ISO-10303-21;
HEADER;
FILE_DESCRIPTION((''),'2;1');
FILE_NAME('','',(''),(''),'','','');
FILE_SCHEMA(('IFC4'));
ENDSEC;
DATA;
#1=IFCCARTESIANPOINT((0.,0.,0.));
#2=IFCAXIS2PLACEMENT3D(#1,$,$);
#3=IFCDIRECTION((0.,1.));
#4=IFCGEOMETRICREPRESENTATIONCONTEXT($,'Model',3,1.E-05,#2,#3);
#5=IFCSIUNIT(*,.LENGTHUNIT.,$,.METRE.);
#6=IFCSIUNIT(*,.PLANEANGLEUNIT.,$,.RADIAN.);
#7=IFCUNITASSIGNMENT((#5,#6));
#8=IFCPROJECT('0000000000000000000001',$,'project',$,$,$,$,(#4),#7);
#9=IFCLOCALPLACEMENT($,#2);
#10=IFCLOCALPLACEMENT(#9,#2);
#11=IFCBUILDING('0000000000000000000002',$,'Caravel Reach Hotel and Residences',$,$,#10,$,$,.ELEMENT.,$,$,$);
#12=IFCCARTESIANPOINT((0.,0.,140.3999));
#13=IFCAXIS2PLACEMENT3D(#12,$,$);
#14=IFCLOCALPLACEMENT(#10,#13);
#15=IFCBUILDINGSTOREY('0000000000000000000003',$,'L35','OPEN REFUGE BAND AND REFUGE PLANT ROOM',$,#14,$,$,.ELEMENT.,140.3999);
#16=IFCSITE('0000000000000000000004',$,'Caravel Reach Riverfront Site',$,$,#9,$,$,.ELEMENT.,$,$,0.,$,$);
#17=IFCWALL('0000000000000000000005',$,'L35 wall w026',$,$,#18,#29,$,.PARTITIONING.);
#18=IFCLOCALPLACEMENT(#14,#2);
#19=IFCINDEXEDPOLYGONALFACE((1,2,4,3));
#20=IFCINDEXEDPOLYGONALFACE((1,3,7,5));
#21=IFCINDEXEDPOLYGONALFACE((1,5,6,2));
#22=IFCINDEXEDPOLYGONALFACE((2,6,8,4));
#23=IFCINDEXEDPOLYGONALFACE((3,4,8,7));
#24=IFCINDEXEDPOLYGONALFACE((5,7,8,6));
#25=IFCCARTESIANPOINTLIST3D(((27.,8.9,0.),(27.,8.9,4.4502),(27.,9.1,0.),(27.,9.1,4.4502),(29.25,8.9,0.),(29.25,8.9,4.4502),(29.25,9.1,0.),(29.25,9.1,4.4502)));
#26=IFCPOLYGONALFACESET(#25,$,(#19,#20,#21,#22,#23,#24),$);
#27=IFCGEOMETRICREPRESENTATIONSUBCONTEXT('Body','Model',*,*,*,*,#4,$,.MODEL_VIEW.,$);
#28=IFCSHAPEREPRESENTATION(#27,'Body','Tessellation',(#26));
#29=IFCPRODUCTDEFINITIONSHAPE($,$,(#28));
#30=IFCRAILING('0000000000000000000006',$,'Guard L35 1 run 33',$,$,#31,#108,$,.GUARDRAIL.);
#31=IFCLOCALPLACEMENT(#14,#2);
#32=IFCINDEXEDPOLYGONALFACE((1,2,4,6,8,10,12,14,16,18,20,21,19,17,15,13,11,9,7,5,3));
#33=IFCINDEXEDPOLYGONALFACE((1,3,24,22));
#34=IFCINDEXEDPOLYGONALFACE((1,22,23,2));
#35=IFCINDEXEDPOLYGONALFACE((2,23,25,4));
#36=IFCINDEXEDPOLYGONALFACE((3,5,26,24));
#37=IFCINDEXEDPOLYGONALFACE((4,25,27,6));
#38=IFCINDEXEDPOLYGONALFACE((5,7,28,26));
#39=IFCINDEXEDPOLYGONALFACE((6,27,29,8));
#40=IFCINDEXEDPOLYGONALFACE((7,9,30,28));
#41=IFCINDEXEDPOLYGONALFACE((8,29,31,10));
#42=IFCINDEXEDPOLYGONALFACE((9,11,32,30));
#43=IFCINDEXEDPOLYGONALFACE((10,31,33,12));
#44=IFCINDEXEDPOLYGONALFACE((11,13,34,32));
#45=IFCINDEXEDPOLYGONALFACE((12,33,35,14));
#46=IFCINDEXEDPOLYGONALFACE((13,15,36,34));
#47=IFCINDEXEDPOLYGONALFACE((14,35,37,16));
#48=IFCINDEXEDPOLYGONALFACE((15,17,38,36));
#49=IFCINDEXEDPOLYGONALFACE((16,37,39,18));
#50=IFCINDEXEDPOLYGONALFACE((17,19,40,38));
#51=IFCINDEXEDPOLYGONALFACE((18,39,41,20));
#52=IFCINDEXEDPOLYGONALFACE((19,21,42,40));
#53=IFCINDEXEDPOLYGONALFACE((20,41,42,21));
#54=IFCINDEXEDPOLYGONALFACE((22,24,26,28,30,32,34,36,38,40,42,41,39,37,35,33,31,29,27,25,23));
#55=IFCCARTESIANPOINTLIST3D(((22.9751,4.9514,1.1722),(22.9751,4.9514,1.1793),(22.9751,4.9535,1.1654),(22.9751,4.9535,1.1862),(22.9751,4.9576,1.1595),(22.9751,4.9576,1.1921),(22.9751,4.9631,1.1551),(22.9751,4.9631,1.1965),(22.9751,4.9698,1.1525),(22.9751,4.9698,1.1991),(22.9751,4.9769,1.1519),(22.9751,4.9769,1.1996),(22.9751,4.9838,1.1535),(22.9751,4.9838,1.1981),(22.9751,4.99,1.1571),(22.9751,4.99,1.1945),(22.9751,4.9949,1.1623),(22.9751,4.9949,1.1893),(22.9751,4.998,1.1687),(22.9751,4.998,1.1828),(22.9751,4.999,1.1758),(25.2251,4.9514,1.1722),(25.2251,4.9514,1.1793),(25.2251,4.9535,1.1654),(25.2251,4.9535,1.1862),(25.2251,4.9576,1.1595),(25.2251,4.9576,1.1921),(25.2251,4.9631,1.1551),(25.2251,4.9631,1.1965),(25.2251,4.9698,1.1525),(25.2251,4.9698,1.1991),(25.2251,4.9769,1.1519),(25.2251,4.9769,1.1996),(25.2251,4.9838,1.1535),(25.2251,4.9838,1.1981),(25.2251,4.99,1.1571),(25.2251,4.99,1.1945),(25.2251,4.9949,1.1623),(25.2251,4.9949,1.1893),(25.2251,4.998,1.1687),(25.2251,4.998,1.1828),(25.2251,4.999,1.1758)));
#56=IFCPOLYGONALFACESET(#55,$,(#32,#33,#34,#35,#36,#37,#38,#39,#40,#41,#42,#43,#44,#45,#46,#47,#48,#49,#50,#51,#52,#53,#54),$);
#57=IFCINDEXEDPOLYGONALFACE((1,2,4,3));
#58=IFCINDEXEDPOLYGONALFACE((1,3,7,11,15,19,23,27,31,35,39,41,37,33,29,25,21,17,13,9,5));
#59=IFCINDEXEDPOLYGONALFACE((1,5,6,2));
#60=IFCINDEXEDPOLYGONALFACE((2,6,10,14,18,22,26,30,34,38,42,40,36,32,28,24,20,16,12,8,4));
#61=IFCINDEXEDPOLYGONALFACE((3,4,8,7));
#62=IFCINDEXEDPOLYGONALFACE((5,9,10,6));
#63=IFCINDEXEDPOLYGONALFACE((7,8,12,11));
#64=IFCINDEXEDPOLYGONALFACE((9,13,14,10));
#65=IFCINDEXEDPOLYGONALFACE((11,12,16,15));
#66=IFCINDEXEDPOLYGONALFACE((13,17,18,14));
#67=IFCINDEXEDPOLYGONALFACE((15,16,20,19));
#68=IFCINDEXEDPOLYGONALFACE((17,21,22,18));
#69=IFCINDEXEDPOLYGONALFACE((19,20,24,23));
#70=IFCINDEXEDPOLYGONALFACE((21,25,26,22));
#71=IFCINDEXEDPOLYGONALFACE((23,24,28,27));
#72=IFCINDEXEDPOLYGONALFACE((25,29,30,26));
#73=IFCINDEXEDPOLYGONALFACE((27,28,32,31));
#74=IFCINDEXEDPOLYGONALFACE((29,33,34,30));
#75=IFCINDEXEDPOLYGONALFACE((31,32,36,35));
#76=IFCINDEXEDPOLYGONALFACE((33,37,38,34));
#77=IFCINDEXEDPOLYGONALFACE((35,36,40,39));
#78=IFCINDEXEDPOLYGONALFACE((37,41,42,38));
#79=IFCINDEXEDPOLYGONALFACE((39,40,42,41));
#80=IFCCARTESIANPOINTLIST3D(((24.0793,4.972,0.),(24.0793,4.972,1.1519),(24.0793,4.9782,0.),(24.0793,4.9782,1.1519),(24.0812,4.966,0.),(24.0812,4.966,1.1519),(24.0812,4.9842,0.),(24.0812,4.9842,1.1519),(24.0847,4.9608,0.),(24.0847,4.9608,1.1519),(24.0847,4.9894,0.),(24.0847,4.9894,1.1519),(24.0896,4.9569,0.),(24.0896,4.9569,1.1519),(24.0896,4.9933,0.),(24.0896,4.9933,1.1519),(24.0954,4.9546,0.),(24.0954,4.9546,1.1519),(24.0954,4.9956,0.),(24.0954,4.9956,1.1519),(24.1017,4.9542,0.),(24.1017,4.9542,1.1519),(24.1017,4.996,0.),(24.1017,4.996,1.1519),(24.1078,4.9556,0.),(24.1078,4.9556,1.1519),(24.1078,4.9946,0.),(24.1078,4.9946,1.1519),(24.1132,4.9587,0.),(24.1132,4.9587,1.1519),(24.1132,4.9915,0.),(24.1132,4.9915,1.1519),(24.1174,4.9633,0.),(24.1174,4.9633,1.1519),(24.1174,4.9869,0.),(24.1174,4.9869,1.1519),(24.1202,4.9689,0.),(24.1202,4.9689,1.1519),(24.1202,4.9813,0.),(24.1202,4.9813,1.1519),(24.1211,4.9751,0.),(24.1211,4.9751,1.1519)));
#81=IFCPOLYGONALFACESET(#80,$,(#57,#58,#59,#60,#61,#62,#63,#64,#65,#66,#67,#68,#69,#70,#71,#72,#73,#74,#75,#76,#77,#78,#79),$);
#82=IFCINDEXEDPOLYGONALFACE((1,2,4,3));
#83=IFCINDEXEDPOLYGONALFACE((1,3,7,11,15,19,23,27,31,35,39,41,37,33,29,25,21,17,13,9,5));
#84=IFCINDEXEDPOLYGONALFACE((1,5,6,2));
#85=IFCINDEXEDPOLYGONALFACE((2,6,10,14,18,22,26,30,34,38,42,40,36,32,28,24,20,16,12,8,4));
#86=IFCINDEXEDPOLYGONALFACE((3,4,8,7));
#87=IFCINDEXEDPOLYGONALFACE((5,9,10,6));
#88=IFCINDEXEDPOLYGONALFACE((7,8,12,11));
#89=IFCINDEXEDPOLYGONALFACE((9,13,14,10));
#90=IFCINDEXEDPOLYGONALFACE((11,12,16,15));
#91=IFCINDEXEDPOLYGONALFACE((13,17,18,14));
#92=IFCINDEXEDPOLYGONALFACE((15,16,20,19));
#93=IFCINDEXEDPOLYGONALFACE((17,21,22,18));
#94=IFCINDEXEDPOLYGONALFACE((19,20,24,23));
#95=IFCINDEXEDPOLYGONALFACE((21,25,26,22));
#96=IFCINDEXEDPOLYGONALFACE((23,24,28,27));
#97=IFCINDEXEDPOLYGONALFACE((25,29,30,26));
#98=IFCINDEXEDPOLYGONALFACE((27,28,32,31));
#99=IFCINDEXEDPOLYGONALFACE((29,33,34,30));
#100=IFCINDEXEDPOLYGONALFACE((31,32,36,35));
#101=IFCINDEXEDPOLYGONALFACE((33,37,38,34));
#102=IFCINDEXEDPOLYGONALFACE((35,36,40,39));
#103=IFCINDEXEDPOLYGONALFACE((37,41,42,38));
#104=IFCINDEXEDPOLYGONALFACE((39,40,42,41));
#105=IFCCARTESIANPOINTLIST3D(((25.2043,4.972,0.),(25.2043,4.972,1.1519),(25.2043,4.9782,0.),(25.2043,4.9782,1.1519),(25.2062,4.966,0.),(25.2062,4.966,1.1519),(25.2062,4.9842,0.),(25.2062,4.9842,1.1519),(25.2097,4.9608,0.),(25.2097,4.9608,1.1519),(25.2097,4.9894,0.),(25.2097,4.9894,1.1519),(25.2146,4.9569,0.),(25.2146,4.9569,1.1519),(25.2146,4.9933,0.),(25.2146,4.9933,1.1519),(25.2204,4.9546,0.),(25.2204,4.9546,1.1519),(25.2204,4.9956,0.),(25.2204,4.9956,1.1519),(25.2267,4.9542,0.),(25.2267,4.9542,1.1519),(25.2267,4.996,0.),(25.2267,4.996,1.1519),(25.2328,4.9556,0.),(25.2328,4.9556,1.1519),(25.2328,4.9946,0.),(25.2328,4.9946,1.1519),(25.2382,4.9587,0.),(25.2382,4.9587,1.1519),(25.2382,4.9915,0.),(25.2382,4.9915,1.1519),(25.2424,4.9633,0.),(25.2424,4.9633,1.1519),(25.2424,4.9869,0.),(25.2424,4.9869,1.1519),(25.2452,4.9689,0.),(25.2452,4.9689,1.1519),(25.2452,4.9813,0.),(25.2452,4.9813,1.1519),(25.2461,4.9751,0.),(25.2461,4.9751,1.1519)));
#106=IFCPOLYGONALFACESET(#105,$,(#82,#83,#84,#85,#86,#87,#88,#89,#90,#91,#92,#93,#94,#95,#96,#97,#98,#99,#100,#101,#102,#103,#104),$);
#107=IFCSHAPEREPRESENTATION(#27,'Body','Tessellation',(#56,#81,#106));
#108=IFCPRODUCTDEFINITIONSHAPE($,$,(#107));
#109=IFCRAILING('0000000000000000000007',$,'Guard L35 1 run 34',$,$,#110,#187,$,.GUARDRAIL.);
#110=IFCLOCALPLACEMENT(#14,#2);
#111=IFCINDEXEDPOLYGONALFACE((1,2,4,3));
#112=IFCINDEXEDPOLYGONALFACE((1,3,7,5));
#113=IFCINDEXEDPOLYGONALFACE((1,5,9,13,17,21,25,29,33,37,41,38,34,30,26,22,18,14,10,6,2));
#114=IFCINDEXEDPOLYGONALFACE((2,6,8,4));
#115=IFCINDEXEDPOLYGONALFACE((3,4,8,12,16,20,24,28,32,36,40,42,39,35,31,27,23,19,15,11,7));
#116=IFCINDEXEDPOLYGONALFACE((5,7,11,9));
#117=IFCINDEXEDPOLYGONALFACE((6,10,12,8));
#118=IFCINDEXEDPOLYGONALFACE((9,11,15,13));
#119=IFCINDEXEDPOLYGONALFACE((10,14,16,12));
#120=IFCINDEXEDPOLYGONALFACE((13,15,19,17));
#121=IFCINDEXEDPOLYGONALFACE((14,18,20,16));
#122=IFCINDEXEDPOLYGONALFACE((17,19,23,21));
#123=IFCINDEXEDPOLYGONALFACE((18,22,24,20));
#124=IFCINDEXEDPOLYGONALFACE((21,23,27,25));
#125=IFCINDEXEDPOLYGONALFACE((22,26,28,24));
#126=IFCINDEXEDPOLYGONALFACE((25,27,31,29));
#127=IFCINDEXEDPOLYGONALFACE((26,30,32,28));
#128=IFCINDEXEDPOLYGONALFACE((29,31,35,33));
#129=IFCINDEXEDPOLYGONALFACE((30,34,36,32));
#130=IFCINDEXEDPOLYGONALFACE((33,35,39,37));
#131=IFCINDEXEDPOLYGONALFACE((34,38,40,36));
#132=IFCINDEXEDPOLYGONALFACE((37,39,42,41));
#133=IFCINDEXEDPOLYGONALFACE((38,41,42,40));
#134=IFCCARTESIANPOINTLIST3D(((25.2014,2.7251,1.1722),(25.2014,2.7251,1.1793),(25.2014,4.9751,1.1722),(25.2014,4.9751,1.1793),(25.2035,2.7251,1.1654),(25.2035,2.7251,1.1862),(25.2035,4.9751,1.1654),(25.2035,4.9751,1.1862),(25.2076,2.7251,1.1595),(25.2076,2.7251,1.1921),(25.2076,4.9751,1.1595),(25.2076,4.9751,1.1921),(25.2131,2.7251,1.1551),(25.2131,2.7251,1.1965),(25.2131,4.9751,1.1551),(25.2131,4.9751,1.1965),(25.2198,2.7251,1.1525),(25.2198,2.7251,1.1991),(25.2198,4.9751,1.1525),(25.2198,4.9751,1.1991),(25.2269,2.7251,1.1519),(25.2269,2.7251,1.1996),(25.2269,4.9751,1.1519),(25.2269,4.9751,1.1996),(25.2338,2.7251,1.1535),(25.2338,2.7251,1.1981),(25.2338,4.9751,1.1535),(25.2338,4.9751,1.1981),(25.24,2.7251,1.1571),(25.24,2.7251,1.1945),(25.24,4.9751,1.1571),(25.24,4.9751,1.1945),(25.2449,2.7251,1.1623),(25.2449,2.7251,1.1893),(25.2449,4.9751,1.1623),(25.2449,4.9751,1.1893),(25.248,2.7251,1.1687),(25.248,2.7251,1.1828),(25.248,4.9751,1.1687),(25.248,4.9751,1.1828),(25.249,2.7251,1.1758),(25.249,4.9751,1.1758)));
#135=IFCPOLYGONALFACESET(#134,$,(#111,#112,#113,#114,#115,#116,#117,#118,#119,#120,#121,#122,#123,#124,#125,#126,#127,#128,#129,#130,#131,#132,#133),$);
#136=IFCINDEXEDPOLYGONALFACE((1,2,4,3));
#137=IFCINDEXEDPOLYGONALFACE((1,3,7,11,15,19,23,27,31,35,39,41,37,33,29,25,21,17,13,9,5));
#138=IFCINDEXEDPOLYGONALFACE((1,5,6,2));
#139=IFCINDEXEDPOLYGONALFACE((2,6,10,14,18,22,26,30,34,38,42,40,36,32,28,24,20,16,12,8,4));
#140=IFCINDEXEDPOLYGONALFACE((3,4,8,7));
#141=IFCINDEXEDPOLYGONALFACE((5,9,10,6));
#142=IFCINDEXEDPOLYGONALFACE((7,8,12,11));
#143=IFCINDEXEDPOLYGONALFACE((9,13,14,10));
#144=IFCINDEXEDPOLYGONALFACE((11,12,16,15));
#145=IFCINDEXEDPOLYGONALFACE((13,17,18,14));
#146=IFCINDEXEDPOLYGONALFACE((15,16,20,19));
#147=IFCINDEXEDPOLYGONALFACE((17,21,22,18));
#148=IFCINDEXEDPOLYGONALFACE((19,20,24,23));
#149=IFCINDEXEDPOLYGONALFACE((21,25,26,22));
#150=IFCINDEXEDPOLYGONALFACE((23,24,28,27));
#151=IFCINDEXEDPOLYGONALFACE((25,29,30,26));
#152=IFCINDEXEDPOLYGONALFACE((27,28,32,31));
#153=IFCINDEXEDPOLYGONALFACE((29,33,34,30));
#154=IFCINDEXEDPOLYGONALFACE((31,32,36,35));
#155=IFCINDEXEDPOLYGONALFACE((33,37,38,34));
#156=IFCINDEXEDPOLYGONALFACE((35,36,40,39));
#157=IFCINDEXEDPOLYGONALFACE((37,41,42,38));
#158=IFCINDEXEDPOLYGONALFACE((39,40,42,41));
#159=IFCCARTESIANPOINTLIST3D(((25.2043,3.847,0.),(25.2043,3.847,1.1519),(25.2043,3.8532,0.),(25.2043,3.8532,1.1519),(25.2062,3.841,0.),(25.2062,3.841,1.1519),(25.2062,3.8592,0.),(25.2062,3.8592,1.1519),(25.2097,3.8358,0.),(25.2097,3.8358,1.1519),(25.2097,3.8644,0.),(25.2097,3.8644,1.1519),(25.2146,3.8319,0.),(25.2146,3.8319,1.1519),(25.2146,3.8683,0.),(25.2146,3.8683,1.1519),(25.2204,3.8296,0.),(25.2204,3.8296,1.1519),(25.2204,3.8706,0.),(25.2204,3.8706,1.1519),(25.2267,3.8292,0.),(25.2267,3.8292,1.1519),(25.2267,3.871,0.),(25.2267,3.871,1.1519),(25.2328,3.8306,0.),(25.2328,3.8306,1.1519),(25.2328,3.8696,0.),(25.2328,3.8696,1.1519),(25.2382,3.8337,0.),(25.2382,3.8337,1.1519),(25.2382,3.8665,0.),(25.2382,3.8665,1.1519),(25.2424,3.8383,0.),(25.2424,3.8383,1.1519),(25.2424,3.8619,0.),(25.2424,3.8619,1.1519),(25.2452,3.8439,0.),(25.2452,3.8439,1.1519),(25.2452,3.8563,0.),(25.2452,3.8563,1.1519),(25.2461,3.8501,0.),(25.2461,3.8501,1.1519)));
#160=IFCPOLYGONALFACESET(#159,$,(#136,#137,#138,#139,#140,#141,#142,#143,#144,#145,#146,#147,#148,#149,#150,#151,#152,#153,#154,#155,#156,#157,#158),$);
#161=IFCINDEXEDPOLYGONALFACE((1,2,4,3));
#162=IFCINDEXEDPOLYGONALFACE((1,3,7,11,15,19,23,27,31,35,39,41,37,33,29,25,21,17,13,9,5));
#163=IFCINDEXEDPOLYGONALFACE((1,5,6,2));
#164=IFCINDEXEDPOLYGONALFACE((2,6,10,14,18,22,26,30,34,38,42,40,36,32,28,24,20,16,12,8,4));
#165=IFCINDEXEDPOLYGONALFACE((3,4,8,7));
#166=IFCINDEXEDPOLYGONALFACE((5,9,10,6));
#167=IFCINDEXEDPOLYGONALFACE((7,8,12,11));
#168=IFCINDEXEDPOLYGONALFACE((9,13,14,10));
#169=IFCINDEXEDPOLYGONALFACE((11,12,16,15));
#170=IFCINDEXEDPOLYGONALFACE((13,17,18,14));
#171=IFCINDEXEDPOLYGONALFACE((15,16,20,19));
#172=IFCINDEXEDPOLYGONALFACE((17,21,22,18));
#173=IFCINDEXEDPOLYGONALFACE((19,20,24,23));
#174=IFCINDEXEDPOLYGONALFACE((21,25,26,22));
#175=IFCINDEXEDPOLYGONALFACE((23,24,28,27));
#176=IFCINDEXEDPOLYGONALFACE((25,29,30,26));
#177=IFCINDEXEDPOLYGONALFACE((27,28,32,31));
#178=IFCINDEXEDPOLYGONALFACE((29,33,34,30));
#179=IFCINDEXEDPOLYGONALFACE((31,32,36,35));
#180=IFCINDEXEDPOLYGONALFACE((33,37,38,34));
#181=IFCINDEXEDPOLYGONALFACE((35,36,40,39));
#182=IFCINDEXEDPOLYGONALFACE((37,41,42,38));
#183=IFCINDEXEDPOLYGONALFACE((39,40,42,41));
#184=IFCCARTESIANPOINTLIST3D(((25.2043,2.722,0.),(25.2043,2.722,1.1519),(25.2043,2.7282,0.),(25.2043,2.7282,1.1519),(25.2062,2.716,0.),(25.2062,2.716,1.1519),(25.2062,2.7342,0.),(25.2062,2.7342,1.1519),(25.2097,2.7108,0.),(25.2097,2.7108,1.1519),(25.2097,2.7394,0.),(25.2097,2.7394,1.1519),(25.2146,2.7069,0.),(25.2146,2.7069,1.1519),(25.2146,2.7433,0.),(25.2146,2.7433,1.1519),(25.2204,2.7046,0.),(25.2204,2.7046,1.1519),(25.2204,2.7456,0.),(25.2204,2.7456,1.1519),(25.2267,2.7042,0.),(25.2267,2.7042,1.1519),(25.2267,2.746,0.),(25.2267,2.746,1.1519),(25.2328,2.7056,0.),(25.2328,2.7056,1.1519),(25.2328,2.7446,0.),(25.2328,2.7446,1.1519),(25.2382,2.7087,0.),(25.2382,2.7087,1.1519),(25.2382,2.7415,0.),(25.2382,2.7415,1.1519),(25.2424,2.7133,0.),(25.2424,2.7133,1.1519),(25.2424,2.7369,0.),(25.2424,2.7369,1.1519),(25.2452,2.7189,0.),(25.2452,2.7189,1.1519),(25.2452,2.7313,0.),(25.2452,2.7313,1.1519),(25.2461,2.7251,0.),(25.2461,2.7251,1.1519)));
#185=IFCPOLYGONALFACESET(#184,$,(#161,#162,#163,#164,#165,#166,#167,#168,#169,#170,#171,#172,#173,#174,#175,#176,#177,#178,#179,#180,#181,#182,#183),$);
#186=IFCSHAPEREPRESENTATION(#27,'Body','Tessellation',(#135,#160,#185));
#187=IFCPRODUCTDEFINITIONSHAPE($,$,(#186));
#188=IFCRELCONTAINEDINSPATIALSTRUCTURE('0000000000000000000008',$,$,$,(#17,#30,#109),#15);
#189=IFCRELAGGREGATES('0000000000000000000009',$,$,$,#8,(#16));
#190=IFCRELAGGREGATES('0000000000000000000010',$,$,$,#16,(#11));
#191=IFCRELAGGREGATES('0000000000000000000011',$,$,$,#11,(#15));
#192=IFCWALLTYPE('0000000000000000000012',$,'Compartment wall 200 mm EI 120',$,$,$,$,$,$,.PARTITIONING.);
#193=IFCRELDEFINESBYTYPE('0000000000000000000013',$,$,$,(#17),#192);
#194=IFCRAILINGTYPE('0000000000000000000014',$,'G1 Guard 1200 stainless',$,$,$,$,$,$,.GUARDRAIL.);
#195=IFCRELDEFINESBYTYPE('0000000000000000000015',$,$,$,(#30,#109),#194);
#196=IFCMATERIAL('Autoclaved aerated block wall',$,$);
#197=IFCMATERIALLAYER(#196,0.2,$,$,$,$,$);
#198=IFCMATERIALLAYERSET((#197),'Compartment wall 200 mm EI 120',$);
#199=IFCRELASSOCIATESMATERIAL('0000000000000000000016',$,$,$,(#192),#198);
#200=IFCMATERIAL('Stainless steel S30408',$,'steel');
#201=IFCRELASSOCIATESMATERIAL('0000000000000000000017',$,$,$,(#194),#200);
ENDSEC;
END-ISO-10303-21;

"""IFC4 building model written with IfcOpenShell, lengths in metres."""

from ifc_helpers import new_model, si_unit, direction, frame, frame_2d, origin, origin_2d, place, context, subcontext, project, spatial, rectangle, circle, extrude, material, layer, layer_set, type_object, element, save


model = new_model("IFC4")

# Units and contexts
model_context = context("Model", 3, precision=1e-05, world=origin(), true_north=direction((0.0, 1.0)))
body_context = subcontext(model_context, "Body", "Model", "MODEL_VIEW")
ifc_project = project(units=[si_unit("LENGTHUNIT", "METRE"), si_unit("PLANEANGLEUNIT", "RADIAN")], contexts=[model_context])

# Site, building, storey
site_placement = place(None, origin())
site = spatial("IfcSite", under=ifc_project, at=site_placement, Name="Caravel Reach Riverfront Site", CompositionType="ELEMENT", RefElevation=0.0)
building_placement = place(site_placement, origin())
building = spatial("IfcBuilding", under=site, at=building_placement, Name="Caravel Reach Hotel and Residences", CompositionType="ELEMENT")
storey_placement = place(building_placement, frame((0.0, 0.0, 140.3999)))
storey = spatial("IfcBuildingStorey", under=building, at=storey_placement, Name="L35", Description="OPEN REFUGE BAND AND REFUGE PLANT ROOM", CompositionType="ELEMENT", Elevation=140.3999)

# Wall
ifc_material_1 = material(Name="Autoclaved aerated block wall")
ifc_layer = layer(ifc_material_1, 0.2)
ifc_layer_set = layer_set([ifc_layer], Name="Compartment wall 200 mm EI 120")
wall_type = type_object("IfcWallType", Name="Compartment wall 200 mm EI 120", PredefinedType="PARTITIONING", material=ifc_layer_set)
wall_1_placement = place(storey_placement, frame((27.0, 9.0, 0.0), z_axis=(0.0, 0.0, 1.0), x_axis=(1.0, 0.0, 0.0)))
element("IfcWall", 1, at=wall_1_placement, inside=storey, type_object=wall_type, Name="L35 wall w026", PredefinedType="PARTITIONING", context=body_context, shape_type="SweptSolid", body=[
    extrude(rectangle(XDim=2.25, YDim=0.2, at=frame_2d((1.125, 0.0))), origin(), (0.0, 0.0, 1.0), 4.4502),
])

# Railings
ifc_material_2 = material(Name="Stainless steel S30408", Category="steel")
railing_type = type_object("IfcRailingType", Name="G1 Guard 1200 stainless", PredefinedType="GUARDRAIL", material=ifc_material_2)
railing_1_placement = place(storey_placement, frame((22.9751, 4.9751, 0.0)))
element("IfcRailing", 2, at=railing_1_placement, inside=storey, type_object=railing_type, Name="Guard L35 1 run 33", PredefinedType="GUARDRAIL", context=body_context, shape_type="SweptSolid", body=[
    extrude(circle(Radius=0.0239, at=origin_2d()), frame((0.0, 0.0, 1.1758), z_axis=(1.0, 0.0, 0.0), x_axis=(0.0, 1.0, 0.0)), (0.0, 0.0, 1.0), 2.25),
    extrude(circle(Radius=0.021, at=origin_2d()), frame((1.125, 0.0, 0.0)), (0.0, 0.0, 1.0), 1.1519),
    extrude(circle(Radius=0.021, at=origin_2d()), frame((2.25, 0.0, 0.0)), (0.0, 0.0, 1.0), 1.1519),
])
railing_2_placement = place(storey_placement, frame((25.2251, 4.9751, 0.0)))
element("IfcRailing", 3, at=railing_2_placement, inside=storey, type_object=railing_type, Name="Guard L35 1 run 34", PredefinedType="GUARDRAIL", context=body_context, shape_type="SweptSolid", body=[
    extrude(circle(Radius=0.0239, at=origin_2d()), frame((0.0, 0.0, 1.1758), z_axis=(0.0, -1.0, 0.0), x_axis=(1.0, 0.0, 0.0)), (0.0, 0.0, 1.0), 2.25),
    extrude(circle(Radius=0.021, at=origin_2d()), frame((0.0, -1.125, 0.0)), (0.0, 0.0, 1.0), 1.1519),
    extrude(circle(Radius=0.021, at=origin_2d()), frame((0.0, -2.25, 0.0)), (0.0, 0.0, 1.0), 1.1519),
])

save(model, "model.ifc")
